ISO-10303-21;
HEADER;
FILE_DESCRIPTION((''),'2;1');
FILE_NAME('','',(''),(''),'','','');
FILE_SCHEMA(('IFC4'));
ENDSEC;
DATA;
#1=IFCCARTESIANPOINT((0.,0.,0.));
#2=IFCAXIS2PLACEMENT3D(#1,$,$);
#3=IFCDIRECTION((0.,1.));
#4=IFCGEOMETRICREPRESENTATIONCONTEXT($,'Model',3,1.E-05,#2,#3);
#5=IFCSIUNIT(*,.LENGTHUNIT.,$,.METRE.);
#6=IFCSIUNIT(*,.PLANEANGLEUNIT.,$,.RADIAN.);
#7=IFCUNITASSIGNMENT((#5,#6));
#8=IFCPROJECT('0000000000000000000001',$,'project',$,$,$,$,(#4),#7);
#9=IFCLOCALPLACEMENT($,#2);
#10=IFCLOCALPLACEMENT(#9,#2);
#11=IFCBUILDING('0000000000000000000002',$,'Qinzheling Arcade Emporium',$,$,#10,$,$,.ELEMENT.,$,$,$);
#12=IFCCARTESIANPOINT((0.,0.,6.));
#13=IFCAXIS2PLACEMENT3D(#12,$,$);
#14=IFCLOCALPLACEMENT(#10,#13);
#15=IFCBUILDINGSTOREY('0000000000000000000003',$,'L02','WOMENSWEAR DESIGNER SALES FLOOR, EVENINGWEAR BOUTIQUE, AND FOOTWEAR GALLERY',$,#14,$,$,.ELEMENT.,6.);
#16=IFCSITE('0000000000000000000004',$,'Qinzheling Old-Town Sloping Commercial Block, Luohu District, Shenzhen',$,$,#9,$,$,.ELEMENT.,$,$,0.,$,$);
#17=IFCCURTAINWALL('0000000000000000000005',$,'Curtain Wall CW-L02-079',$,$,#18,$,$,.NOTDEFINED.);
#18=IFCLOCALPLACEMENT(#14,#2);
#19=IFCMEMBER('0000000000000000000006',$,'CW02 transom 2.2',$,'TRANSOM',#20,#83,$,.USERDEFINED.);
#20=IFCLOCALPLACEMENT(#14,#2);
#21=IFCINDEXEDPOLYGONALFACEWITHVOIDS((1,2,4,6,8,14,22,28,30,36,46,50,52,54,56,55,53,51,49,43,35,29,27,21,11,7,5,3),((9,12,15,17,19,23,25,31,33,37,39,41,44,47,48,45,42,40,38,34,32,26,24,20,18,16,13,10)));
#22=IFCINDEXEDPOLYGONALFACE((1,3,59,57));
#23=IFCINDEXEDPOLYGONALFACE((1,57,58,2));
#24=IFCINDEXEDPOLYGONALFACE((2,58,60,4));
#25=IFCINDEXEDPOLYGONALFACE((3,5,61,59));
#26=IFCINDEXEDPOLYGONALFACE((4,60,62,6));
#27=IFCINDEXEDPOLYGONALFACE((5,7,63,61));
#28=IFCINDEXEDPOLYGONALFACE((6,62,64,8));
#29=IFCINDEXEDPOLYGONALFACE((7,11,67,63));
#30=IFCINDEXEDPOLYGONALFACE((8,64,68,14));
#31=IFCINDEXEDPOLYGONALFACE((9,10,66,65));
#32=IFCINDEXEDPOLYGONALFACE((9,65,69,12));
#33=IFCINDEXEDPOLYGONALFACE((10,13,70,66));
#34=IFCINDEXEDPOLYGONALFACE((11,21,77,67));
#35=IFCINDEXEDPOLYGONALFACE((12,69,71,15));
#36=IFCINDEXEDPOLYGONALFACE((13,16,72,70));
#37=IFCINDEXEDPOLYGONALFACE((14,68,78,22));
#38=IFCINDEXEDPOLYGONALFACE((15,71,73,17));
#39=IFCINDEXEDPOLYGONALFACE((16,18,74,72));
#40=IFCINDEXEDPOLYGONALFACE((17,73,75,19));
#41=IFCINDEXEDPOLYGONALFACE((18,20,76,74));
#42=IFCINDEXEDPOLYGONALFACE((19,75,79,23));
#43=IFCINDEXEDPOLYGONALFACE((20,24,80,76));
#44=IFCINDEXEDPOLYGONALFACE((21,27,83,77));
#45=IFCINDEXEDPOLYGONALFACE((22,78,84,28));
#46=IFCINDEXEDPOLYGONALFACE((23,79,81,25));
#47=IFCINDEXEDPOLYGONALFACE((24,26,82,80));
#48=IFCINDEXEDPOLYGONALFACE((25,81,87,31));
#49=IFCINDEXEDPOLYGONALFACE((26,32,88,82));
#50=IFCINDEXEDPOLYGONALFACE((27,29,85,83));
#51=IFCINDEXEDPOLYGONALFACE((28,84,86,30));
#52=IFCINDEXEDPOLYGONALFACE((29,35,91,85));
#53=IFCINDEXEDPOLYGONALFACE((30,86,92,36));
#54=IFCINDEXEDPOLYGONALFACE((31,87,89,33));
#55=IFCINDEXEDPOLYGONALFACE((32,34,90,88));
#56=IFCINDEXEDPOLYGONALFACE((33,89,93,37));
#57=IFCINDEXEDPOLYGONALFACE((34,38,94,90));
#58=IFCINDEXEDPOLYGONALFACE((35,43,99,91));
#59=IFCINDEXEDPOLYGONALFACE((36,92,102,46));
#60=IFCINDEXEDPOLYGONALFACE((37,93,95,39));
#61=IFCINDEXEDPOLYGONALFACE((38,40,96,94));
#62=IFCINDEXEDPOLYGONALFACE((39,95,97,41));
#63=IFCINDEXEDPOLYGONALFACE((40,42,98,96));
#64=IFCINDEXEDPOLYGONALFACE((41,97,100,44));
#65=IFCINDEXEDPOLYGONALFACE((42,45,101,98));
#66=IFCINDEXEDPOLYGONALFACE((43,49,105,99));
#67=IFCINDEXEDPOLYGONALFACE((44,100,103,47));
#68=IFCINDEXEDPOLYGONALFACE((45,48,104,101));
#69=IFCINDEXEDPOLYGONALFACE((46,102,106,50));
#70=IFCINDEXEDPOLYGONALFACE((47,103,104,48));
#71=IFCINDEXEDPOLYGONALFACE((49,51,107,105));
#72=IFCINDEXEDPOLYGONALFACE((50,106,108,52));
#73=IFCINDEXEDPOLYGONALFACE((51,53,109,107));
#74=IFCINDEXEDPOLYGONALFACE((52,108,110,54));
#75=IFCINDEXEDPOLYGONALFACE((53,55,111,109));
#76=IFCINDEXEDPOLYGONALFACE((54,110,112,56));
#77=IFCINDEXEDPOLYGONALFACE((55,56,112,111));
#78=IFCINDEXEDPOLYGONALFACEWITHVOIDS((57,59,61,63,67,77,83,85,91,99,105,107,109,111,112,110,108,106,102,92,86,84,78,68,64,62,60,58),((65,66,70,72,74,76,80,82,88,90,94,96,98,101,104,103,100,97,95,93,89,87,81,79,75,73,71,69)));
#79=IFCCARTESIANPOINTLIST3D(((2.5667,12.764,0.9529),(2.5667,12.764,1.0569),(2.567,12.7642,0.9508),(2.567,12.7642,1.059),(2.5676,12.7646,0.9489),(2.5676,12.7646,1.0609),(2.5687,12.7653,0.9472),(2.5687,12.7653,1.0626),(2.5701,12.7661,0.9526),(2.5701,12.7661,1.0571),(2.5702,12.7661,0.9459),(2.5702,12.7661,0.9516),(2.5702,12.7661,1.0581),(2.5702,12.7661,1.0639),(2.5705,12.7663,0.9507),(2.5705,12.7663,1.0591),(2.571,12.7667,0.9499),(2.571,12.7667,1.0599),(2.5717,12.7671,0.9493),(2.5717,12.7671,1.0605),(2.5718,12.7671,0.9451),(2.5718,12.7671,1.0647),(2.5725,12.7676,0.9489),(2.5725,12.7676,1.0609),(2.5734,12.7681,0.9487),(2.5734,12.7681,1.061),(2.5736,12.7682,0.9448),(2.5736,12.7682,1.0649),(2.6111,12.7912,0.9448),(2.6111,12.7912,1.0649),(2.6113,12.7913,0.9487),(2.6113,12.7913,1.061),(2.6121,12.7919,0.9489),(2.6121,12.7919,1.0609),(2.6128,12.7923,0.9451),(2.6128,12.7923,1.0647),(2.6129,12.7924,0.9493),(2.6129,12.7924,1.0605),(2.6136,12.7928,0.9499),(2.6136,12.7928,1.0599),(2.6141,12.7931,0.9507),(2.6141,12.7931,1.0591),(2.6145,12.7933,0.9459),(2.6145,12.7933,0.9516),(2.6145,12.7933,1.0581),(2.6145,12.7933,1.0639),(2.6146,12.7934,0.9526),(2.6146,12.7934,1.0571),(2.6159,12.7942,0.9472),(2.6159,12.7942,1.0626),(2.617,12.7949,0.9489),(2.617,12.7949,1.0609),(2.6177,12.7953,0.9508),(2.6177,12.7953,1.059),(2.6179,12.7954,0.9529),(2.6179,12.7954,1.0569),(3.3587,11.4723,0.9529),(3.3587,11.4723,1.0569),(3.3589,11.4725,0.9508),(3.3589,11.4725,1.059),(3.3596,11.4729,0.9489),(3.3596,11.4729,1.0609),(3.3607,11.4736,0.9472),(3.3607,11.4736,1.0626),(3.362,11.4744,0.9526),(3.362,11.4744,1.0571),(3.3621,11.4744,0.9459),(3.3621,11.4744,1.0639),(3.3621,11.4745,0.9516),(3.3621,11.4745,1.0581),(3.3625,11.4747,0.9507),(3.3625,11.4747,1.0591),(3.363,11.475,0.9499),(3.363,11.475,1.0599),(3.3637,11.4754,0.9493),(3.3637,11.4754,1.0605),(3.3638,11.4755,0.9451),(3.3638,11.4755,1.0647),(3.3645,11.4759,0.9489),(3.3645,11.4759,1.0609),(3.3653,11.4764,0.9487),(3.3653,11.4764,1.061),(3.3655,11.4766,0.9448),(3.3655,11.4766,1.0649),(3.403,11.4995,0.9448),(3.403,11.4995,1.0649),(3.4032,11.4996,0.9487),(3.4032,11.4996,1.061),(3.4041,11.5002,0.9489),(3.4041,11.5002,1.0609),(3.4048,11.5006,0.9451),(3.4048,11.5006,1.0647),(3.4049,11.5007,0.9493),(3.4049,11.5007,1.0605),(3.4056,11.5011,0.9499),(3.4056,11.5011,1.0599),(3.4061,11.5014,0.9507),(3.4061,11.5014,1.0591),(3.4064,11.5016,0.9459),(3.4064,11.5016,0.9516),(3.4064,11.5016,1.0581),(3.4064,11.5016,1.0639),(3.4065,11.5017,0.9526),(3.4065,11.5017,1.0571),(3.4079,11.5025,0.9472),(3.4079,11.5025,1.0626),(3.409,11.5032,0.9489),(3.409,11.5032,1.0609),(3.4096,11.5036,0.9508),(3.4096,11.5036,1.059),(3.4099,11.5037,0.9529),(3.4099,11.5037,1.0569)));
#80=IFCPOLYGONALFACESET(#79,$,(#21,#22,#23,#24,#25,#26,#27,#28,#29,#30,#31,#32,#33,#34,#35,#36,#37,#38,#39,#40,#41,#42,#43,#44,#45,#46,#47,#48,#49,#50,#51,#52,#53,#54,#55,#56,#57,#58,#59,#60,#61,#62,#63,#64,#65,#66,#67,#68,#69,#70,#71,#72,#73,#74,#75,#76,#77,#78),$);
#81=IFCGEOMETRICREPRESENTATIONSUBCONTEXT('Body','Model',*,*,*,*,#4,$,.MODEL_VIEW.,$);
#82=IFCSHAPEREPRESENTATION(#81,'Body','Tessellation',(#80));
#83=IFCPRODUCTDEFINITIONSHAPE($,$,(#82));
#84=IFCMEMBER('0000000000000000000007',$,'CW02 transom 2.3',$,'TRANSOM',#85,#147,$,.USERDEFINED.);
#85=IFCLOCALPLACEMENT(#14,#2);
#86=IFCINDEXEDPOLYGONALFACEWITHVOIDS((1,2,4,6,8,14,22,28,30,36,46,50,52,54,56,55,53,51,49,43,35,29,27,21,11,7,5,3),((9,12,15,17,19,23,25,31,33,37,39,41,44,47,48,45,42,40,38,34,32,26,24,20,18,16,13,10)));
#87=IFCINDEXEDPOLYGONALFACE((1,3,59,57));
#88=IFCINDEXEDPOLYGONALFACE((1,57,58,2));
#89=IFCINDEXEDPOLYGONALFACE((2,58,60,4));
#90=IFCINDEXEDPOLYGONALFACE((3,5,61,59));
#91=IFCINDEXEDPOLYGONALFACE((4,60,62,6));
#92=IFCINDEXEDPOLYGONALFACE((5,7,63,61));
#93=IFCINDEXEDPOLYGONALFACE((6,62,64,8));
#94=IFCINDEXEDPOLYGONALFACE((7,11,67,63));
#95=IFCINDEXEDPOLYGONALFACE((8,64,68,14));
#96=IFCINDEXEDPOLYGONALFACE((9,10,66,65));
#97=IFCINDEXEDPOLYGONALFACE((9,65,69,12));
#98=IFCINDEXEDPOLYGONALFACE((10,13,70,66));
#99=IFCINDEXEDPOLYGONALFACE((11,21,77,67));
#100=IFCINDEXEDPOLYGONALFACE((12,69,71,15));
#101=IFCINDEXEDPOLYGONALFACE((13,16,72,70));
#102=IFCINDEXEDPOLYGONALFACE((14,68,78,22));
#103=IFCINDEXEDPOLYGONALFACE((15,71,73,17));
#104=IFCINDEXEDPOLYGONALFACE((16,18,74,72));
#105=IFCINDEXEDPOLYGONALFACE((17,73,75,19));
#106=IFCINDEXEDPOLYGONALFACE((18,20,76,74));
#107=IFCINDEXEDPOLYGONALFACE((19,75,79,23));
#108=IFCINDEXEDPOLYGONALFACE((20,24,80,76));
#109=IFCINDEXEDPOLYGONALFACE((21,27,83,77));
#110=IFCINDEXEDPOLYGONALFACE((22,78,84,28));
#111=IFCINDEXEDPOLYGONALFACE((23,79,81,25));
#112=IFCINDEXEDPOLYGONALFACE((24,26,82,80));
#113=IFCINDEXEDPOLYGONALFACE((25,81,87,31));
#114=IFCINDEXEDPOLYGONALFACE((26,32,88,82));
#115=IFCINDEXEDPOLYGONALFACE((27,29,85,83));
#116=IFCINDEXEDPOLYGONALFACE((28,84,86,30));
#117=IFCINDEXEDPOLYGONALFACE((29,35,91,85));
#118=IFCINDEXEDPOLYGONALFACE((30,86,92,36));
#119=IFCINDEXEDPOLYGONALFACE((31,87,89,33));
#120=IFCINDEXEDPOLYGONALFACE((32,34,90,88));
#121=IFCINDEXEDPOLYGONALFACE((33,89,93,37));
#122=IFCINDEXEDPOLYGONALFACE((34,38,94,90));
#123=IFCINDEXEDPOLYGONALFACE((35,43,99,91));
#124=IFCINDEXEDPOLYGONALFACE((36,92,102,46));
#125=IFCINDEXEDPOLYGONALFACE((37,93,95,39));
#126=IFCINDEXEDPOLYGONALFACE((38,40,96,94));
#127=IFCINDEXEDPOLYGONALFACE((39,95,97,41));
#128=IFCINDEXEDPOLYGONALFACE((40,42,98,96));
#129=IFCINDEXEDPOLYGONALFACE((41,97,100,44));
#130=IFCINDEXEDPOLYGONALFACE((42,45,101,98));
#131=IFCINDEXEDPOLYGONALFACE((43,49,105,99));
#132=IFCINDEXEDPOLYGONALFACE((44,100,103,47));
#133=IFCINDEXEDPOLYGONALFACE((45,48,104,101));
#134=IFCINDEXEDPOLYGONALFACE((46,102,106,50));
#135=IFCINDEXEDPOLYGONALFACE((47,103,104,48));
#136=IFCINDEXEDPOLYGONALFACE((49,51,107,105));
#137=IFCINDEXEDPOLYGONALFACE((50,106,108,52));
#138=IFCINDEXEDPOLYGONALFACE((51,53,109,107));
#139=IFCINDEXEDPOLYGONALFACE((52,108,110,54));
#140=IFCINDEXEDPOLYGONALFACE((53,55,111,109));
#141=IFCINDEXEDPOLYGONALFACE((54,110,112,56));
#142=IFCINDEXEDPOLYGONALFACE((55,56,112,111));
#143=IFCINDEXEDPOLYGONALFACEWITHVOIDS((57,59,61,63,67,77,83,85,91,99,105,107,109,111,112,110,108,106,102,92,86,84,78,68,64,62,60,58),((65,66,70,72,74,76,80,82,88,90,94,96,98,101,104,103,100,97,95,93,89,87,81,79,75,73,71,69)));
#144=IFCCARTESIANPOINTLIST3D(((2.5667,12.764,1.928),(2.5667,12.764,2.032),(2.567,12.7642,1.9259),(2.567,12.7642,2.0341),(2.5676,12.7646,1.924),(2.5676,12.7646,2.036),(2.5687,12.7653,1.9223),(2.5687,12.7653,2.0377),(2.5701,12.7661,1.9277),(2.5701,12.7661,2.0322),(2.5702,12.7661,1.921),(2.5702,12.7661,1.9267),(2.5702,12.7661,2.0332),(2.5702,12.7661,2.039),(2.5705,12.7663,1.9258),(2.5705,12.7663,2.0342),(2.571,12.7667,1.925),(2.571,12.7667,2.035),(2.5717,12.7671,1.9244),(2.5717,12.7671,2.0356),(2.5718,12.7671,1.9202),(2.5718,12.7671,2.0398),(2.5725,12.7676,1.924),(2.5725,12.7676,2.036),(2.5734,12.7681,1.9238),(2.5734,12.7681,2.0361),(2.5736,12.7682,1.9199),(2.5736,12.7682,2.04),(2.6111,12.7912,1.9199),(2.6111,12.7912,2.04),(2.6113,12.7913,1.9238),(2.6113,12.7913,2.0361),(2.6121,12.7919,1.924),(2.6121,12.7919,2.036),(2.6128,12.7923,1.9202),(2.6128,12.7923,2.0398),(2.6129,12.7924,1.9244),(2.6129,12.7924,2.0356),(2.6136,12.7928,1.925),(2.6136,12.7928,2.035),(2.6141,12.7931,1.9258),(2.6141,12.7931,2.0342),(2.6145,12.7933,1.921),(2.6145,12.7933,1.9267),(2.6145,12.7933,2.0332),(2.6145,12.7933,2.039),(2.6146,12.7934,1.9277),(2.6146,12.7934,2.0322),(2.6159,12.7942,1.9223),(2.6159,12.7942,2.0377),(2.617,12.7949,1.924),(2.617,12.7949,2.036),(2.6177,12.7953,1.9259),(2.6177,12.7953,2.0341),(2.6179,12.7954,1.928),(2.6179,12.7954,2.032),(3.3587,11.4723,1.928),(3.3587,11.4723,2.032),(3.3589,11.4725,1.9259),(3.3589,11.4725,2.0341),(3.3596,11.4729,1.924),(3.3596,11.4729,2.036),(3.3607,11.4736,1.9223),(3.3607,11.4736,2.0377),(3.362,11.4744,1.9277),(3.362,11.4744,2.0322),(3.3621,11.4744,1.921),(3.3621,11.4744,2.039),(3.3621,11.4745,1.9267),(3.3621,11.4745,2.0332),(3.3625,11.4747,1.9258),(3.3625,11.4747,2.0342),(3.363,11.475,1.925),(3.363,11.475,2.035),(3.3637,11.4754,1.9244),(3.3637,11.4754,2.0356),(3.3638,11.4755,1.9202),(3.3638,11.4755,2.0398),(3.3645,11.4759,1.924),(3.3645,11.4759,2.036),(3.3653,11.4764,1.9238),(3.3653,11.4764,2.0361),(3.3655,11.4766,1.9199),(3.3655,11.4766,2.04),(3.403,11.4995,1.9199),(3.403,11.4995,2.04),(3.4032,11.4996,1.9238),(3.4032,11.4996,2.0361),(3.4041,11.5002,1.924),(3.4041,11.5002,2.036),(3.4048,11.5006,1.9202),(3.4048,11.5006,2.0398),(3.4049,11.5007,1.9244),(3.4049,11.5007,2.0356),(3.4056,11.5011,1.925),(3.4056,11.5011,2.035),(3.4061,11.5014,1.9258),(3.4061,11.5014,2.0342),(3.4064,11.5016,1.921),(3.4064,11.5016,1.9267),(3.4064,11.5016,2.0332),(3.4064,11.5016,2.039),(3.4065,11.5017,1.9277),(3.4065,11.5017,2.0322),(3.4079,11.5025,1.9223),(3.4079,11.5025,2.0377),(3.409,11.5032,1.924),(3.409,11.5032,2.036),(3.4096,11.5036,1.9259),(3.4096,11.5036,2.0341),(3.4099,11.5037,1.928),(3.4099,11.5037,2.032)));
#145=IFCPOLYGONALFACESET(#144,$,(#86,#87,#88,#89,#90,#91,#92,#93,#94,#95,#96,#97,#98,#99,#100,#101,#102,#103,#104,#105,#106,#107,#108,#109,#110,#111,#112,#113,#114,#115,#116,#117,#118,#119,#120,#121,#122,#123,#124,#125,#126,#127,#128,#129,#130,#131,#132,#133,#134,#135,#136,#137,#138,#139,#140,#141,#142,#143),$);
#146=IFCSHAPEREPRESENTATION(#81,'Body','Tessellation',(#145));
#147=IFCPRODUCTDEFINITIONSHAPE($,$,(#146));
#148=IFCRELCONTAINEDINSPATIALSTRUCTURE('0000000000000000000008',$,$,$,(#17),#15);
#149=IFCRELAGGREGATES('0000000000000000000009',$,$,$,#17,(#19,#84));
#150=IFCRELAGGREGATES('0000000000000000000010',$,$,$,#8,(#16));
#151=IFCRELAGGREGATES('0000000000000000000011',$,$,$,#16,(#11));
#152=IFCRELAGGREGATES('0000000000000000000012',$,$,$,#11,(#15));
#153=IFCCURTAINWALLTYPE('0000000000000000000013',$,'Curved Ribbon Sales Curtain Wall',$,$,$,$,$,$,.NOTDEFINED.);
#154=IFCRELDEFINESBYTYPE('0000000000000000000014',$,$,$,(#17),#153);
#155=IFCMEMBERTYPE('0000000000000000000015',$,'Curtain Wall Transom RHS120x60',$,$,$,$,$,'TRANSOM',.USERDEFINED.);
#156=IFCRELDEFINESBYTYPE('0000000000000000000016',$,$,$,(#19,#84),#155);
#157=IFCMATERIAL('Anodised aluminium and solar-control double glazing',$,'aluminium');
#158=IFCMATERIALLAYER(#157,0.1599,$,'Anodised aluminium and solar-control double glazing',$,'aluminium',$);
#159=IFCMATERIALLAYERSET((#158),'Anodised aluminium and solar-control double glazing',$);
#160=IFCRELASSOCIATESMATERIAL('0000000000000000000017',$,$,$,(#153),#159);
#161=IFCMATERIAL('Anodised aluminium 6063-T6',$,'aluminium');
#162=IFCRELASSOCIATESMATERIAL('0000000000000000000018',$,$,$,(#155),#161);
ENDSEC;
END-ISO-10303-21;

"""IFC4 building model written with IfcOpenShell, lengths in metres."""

from ifc_helpers import new_model, si_unit, direction, frame, origin, origin_2d, place, context, subcontext, project, spatial, hollow_rectangle, extrude, material, layer, layer_set, material_profile, profile_set, type_object, element, aggregate, save


model = new_model("IFC4")

# Units and contexts
model_context = context("Model", 3, precision=1e-05, world=origin(), true_north=direction((0.0, 1.0)))
body_context = subcontext(model_context, "Body", "Model", "MODEL_VIEW")
ifc_project = project(units=[si_unit("LENGTHUNIT", "METRE"), si_unit("PLANEANGLEUNIT", "RADIAN")], contexts=[model_context])

# Site, building, storey
site_placement = place(None, origin())
site = spatial("IfcSite", under=ifc_project, at=site_placement, Name="Qinzheling Old-Town Sloping Commercial Block, Luohu District, Shenzhen", CompositionType="ELEMENT", RefElevation=0.0)
building_placement = place(site_placement, origin())
building = spatial("IfcBuilding", under=site, at=building_placement, Name="Qinzheling Arcade Emporium", CompositionType="ELEMENT")
storey_placement = place(building_placement, frame((0.0, 0.0, 6.0)))
storey = spatial("IfcBuildingStorey", under=building, at=storey_placement, Name="L02", Description="WOMENSWEAR DESIGNER SALES FLOOR, EVENINGWEAR BOUTIQUE, AND FOOTWEAR GALLERY", CompositionType="ELEMENT", Elevation=6.0)

# Curtain wall
ifc_material_1 = material(Name="Anodised aluminium and solar-control double glazing", Category="aluminium")
ifc_layer_1 = layer(ifc_material_1, 0.1599, Name="Anodised aluminium and solar-control double glazing", Category="aluminium")
ifc_layer_set_1 = layer_set([ifc_layer_1], Name="Anodised aluminium and solar-control double glazing")
curtain_wall_type = type_object("IfcCurtainWallType", Name="Curved Ribbon Sales Curtain Wall", PredefinedType="NOTDEFINED", material=ifc_layer_set_1)
curtain_wall_1_placement = place(storey_placement, origin())
curtain_wall_1 = element("IfcCurtainWall", 1, at=curtain_wall_1_placement, inside=storey, type_object=curtain_wall_type, Name="Curtain Wall CW-L02-079", PredefinedType="NOTDEFINED")
ifc_material_2 = material(Name="Anodised aluminium 6063-T6", Category="aluminium")

# Members
ifc_material_profile_1 = material_profile(ifc_material_2, hollow_rectangle(XDim=0.0601, YDim=0.1201, WallThickness=0.0039, InnerFilletRadius=0.0039, OuterFilletRadius=0.0081, at=origin_2d()), Name="RHS 120x60x4", Category="aluminium")
ifc_profile_set_1 = profile_set([ifc_material_profile_1], Name="Anodised aluminium 6063-T6")
member_type_1 = type_object("IfcMemberType", Name="Curtain Wall Transom RHS120x60", ElementType="TRANSOM", PredefinedType="USERDEFINED", material=ifc_profile_set_1)
member_1_placement = place(storey_placement, frame((3.3843, 11.488, 1.0049), z_axis=(-0.522694, 0.85252, 0.0), x_axis=(-0.85252, -0.522694, 0.0)))
member_1 = element("IfcMember", 2, at=member_1_placement, type_object=member_type_1, Name="CW02 transom 2.2", ObjectType="TRANSOM", PredefinedType="USERDEFINED", context=body_context, shape_type="SweptSolid", body=[
    extrude(hollow_rectangle(XDim=0.0601, YDim=0.1201, WallThickness=0.0039, InnerFilletRadius=0.0039, OuterFilletRadius=0.0081, at=origin_2d()), origin(), (0.0, 0.0, 1.0), 1.5151),
])
member_2_placement = place(storey_placement, frame((3.3843, 11.488, 1.98), z_axis=(-0.522694, 0.85252, 0.0), x_axis=(-0.85252, -0.522694, 0.0)))
member_2 = element("IfcMember", 3, at=member_2_placement, type_object=member_type_1, Name="CW02 transom 2.3", ObjectType="TRANSOM", PredefinedType="USERDEFINED", context=body_context, shape_type="SweptSolid", body=[
    extrude(hollow_rectangle(XDim=0.0601, YDim=0.1201, WallThickness=0.0039, InnerFilletRadius=0.0039, OuterFilletRadius=0.0081, at=origin_2d()), origin(), (0.0, 0.0, 1.0), 1.5151),
])

aggregate(curtain_wall_1, [member_1, member_2])

save(model, "model.ifc")
